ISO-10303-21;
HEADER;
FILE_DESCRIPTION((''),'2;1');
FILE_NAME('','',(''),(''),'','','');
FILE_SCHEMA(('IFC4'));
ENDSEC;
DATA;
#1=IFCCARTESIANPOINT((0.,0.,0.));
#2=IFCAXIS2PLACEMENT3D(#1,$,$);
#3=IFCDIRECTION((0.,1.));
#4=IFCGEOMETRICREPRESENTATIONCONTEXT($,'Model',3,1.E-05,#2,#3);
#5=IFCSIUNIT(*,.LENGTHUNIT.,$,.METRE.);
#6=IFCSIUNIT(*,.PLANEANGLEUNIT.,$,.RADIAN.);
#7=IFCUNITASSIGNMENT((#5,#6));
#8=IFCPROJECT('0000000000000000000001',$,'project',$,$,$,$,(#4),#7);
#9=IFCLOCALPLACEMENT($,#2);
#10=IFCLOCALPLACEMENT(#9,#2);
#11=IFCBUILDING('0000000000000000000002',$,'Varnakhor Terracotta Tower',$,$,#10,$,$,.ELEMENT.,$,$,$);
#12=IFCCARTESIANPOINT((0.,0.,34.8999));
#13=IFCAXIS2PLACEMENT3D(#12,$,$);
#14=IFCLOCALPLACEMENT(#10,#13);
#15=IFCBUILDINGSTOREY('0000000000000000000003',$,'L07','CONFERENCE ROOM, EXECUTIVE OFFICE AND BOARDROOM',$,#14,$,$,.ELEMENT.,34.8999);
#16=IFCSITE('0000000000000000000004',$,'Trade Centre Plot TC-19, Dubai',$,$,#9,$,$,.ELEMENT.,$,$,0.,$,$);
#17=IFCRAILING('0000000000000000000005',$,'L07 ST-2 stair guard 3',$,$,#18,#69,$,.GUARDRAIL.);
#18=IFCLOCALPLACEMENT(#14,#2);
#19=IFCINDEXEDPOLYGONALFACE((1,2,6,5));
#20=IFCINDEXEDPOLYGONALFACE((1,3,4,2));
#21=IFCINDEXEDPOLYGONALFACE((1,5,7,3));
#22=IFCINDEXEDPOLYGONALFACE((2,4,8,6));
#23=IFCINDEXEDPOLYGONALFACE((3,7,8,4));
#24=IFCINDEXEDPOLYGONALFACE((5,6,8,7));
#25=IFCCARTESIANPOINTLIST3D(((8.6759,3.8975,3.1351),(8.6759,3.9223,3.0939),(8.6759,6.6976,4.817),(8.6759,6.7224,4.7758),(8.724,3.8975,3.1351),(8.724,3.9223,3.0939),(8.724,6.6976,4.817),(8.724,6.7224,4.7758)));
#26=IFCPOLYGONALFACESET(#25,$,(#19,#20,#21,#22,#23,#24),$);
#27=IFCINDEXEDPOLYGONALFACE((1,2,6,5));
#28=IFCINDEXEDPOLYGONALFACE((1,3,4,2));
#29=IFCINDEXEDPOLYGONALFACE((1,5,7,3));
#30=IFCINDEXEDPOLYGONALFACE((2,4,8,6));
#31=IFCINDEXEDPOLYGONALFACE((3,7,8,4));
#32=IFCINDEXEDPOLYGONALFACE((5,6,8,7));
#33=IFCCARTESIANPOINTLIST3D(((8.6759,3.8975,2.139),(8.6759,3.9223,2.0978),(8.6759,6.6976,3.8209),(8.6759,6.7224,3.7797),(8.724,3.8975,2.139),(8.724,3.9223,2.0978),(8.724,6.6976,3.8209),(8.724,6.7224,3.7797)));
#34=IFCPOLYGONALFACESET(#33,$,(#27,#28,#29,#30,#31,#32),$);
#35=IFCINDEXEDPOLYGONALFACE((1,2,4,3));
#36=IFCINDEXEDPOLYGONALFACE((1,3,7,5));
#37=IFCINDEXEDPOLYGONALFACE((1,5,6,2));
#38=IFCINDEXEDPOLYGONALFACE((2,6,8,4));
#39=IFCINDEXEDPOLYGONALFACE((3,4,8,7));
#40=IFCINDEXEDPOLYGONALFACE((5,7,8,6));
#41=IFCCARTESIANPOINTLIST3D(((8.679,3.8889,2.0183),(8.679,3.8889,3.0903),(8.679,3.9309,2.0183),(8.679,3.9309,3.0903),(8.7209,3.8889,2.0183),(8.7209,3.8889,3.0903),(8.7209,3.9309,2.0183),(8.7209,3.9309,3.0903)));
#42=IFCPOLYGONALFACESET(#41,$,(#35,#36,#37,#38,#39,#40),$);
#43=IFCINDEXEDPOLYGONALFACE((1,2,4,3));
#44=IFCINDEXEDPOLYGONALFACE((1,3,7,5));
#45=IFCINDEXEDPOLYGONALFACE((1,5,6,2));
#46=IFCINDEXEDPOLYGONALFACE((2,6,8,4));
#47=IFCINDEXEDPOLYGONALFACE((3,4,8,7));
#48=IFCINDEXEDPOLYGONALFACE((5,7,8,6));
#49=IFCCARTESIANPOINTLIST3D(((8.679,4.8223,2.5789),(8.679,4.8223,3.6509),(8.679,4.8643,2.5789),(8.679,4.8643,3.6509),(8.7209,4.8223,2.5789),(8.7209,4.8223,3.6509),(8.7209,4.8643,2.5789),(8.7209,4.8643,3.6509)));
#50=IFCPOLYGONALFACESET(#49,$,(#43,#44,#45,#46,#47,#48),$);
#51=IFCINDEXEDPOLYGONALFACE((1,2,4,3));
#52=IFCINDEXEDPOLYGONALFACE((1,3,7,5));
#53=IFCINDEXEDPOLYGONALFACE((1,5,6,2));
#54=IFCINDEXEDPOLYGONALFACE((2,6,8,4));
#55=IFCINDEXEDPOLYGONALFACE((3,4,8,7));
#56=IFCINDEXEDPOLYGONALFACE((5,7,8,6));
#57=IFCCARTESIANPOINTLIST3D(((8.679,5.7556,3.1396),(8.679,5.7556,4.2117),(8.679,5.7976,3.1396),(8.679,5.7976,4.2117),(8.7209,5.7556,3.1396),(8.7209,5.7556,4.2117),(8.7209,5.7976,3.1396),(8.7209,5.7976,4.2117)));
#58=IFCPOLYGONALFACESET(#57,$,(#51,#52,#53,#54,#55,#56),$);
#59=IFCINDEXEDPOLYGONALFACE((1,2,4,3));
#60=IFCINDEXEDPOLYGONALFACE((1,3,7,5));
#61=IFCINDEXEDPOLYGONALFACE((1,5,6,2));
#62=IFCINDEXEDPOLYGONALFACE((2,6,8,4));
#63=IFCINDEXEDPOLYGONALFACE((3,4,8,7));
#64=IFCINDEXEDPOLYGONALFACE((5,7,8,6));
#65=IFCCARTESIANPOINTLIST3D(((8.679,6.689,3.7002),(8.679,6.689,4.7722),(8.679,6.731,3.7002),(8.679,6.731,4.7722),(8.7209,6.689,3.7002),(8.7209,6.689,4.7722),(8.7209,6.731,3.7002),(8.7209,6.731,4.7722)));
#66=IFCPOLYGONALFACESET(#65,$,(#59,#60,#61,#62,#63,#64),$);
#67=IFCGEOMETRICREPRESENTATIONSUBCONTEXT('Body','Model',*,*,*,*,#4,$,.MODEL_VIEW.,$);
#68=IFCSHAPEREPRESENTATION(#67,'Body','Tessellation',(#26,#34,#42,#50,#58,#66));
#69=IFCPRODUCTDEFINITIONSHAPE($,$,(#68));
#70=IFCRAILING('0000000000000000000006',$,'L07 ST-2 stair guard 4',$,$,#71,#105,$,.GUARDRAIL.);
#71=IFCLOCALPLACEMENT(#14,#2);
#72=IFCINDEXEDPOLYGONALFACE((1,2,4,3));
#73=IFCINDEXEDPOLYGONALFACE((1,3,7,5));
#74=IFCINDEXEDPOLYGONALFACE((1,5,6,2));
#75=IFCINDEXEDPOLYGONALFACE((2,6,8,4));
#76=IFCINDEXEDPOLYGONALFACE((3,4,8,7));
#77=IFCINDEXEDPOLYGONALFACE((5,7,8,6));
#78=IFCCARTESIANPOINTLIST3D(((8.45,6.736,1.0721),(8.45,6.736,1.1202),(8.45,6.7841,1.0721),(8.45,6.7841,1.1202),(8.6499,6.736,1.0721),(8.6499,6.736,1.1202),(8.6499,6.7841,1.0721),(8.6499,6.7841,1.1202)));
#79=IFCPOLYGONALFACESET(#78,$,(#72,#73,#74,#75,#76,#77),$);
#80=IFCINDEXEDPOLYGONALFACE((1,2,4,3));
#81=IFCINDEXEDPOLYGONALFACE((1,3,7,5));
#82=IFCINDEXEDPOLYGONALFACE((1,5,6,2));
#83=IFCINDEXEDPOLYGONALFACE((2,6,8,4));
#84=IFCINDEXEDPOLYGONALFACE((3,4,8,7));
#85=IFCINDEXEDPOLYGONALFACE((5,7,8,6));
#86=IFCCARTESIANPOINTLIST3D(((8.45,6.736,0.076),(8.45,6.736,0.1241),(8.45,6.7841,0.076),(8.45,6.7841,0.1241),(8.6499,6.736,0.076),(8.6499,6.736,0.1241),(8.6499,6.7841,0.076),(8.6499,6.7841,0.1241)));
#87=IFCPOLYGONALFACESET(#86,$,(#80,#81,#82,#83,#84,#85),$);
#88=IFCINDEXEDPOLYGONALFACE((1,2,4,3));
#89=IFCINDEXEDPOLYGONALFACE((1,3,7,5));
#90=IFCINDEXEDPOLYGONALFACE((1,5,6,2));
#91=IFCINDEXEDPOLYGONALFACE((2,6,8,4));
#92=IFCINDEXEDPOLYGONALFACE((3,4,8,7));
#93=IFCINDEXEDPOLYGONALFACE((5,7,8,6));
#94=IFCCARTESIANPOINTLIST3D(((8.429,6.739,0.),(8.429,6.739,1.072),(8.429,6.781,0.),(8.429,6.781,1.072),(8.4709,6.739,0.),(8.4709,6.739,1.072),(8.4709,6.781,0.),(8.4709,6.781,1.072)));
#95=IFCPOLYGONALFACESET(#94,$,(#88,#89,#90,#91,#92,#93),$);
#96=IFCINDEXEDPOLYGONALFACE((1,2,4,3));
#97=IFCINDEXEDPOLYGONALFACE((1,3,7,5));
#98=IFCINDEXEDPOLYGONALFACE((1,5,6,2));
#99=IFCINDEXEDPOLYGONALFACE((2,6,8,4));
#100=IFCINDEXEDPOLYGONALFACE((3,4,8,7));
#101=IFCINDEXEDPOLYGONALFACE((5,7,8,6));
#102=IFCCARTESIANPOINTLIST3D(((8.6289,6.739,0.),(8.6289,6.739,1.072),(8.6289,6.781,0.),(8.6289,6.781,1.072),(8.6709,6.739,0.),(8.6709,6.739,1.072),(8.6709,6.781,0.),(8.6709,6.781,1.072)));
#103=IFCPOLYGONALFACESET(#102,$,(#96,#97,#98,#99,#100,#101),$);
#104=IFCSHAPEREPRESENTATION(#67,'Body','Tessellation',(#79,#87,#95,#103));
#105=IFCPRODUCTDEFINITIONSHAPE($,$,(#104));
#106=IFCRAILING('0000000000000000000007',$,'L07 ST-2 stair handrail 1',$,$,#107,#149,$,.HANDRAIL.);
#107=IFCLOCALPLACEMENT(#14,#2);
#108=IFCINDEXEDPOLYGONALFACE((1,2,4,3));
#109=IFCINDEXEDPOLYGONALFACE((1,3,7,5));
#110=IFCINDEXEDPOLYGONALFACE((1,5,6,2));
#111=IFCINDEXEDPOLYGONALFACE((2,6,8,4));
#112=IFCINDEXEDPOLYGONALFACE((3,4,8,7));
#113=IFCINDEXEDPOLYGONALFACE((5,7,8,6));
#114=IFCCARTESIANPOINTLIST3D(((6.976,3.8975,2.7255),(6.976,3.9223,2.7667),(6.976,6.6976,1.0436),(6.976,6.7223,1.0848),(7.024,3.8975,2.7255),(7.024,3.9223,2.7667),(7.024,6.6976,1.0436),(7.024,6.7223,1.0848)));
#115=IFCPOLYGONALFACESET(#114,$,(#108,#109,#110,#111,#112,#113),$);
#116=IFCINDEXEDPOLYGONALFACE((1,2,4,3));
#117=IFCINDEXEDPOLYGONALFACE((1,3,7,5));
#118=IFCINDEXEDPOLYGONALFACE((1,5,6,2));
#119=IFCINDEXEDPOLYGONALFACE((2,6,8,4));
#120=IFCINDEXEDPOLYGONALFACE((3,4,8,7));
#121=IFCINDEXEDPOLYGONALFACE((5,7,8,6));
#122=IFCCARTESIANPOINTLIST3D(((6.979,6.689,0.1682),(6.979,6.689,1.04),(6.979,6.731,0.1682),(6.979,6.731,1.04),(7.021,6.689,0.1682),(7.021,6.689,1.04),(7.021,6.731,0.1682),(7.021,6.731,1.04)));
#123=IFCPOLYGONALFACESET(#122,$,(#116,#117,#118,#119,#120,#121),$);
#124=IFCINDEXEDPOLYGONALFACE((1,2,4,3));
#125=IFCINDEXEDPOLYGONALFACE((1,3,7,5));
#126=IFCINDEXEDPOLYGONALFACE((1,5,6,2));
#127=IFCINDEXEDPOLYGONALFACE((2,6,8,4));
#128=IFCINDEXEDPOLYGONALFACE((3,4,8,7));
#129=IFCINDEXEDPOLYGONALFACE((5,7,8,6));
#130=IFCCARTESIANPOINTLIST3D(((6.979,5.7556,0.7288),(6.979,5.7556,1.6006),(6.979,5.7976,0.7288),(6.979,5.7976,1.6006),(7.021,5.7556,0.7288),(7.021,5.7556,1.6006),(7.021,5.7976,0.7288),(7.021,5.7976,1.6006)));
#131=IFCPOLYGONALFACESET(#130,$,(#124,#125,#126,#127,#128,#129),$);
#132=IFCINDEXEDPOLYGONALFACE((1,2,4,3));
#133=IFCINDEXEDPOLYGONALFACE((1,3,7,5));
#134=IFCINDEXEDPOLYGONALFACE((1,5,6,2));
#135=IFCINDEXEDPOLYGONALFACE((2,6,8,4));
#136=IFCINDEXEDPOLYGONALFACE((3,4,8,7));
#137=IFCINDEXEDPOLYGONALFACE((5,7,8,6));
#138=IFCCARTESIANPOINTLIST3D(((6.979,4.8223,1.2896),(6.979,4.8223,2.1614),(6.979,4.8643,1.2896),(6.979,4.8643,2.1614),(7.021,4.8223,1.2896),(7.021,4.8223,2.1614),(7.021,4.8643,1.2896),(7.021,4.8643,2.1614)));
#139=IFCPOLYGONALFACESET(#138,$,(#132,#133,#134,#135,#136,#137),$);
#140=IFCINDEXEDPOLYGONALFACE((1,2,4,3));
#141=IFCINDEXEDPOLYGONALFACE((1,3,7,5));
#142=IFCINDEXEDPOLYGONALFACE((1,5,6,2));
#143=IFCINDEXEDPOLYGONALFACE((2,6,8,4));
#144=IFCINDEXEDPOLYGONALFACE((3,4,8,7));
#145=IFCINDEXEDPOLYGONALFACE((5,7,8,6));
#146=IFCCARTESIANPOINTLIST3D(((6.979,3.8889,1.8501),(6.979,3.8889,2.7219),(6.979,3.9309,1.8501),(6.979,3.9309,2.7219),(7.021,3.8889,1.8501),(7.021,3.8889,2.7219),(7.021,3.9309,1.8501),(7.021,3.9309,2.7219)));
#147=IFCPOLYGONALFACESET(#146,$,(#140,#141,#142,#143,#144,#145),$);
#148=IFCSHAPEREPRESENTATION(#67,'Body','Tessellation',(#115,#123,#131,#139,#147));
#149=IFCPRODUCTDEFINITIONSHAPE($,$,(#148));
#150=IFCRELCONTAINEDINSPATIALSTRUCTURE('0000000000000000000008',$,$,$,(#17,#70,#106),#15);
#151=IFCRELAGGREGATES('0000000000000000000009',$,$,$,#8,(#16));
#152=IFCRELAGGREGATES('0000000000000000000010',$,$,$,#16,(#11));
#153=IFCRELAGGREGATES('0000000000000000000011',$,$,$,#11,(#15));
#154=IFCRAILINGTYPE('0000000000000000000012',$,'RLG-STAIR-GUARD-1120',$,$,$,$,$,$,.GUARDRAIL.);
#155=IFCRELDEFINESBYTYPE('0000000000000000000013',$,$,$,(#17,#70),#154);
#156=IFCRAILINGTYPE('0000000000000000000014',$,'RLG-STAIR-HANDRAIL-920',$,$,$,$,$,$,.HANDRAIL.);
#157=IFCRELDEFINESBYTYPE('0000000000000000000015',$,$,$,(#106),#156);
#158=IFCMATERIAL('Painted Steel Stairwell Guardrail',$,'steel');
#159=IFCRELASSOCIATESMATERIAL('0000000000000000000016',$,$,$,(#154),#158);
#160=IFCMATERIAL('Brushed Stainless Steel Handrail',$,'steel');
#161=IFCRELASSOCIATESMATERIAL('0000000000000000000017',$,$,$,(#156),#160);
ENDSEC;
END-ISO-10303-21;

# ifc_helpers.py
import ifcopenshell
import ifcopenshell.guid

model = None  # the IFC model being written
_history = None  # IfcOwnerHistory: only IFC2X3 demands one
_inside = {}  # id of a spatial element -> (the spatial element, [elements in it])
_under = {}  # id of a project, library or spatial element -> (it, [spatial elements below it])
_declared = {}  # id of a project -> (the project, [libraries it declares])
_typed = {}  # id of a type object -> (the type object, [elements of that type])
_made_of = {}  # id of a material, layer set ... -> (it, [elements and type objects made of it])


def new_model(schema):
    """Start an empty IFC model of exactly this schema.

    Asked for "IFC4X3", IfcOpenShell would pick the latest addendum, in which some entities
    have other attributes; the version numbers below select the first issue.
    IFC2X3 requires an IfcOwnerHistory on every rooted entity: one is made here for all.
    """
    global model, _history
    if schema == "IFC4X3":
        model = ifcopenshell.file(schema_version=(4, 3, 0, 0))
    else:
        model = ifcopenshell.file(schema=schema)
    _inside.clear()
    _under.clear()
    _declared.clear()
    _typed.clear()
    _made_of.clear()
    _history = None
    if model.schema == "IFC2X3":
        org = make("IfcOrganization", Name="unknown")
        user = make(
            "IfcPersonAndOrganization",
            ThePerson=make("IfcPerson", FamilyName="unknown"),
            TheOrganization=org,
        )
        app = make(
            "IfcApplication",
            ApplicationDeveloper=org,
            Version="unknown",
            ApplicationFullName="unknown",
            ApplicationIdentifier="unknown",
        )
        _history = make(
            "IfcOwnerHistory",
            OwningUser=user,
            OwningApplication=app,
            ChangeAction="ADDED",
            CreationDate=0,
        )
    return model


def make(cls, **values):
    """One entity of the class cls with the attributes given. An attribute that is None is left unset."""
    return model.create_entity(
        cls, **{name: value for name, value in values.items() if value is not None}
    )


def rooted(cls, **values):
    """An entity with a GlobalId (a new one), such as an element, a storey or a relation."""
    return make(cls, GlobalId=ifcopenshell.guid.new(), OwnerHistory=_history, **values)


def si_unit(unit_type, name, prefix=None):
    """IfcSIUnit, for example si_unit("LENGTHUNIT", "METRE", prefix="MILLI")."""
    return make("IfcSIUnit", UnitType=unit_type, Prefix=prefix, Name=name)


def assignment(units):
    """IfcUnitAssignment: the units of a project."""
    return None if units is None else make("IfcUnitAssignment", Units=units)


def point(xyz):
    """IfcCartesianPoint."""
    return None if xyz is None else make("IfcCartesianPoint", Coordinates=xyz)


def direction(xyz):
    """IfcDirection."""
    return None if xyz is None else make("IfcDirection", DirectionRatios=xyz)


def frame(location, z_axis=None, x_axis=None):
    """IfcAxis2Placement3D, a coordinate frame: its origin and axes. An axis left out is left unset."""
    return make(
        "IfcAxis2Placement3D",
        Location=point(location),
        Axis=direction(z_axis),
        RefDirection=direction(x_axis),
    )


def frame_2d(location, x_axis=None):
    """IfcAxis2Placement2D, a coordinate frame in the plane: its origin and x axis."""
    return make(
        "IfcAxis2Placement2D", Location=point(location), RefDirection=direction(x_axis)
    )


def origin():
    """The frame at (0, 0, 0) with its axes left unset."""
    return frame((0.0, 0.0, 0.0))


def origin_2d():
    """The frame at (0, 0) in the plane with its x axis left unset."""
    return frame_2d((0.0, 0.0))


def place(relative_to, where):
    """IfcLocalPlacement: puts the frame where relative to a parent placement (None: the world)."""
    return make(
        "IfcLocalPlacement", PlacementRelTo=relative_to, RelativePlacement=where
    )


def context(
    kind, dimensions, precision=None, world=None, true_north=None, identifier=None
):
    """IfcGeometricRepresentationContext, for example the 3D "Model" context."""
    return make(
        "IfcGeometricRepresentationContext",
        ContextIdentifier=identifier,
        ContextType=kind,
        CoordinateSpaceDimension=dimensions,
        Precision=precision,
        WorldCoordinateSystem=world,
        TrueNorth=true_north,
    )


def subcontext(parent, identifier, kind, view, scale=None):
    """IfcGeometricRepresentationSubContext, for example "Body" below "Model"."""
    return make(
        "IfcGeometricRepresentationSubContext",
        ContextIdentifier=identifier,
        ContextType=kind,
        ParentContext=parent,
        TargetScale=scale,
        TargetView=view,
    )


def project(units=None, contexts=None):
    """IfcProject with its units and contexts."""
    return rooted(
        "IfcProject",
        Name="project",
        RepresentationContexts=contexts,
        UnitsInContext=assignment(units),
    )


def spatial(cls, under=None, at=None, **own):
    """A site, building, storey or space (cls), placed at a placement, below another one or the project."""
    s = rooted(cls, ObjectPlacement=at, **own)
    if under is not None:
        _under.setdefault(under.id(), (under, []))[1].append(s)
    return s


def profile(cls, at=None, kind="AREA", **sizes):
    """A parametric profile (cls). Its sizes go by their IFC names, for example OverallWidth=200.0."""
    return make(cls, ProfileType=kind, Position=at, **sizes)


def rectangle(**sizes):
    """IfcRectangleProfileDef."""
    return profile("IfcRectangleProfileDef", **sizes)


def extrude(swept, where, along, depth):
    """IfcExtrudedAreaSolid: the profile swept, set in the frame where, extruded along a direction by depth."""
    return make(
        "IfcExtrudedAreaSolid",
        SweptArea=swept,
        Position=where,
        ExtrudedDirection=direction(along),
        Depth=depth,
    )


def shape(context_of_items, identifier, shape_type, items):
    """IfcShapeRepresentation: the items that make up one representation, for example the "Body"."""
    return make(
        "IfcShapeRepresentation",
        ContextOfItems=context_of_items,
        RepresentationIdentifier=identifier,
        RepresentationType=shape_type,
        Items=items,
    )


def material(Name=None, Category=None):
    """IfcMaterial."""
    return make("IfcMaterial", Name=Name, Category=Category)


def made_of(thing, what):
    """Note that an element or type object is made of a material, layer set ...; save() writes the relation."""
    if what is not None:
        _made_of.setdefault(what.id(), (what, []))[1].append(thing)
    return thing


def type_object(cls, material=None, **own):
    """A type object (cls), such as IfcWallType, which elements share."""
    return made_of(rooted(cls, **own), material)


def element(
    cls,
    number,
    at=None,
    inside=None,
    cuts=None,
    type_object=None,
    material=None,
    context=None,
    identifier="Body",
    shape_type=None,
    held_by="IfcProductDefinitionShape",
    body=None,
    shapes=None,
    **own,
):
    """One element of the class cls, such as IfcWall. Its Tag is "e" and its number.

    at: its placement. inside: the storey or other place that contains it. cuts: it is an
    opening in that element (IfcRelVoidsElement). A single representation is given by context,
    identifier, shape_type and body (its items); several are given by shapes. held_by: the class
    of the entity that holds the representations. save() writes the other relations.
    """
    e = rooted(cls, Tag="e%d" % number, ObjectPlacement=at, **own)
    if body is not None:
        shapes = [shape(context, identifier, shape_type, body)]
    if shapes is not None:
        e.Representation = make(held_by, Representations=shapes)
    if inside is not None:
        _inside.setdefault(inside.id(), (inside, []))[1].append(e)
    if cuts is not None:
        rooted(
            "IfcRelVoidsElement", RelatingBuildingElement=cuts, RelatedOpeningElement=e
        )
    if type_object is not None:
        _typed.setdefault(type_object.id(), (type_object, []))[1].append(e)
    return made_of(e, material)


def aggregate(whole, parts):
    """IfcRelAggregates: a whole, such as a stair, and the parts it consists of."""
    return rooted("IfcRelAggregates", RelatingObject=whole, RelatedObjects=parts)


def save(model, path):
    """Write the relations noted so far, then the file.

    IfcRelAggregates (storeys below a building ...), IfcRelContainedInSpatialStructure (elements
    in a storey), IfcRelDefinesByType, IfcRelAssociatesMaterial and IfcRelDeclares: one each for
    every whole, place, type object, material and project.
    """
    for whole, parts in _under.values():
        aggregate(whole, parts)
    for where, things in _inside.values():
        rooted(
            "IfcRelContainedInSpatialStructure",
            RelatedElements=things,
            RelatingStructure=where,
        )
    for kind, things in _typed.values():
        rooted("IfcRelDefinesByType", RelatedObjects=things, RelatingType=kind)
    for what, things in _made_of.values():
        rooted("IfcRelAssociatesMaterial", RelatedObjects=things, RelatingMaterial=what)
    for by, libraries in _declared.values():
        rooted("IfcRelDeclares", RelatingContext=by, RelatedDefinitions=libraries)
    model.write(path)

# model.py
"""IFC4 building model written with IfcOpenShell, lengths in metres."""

from ifc_helpers import new_model, si_unit, direction, frame, origin, origin_2d, place, context, subcontext, project, spatial, rectangle, extrude, material, type_object, element, save


model = new_model("IFC4")

# Units and contexts
model_context = context("Model", 3, precision=1e-05, world=origin(), true_north=direction((0.0, 1.0)))
body_context = subcontext(model_context, "Body", "Model", "MODEL_VIEW")
ifc_project = project(units=[si_unit("LENGTHUNIT", "METRE"), si_unit("PLANEANGLEUNIT", "RADIAN")], contexts=[model_context])

# Site, building, storey
site_placement = place(None, origin())
site = spatial("IfcSite", under=ifc_project, at=site_placement, Name="Trade Centre Plot TC-19, Dubai", CompositionType="ELEMENT", RefElevation=0.0)
building_placement = place(site_placement, origin())
building = spatial("IfcBuilding", under=site, at=building_placement, Name="Varnakhor Terracotta Tower", CompositionType="ELEMENT")
storey_placement = place(building_placement, frame((0.0, 0.0, 34.8999)))
storey = spatial("IfcBuildingStorey", under=building, at=storey_placement, Name="L07", Description="CONFERENCE ROOM, EXECUTIVE OFFICE AND BOARDROOM", CompositionType="ELEMENT", Elevation=34.8999)

# Railings
ifc_material_1 = material(Name="Painted Steel Stairwell Guardrail", Category="steel")
railing_type_1 = type_object("IfcRailingType", Name="RLG-STAIR-GUARD-1120", PredefinedType="GUARDRAIL", material=ifc_material_1)
railing_1_placement = place(storey_placement, frame((8.7, 3.9099, 2.0183)))
element("IfcRailing", 1, at=railing_1_placement, inside=storey, type_object=railing_type_1, Name="L07 ST-2 stair guard 3", PredefinedType="GUARDRAIL", context=body_context, shape_type="SweptSolid", body=[
    extrude(rectangle(XDim=0.0481, YDim=0.0481, at=origin_2d()), frame((0.0, 0.0, 1.0962), z_axis=(0.0, 0.857242, 0.514913), x_axis=(-1.0, 0.0, 0.0)), (0.0, 0.0, 1.0), 3.2664),
    extrude(rectangle(XDim=0.0481, YDim=0.0481, at=origin_2d()), frame((0.0, 0.0, 0.1001), z_axis=(0.0, 0.857242, 0.514913), x_axis=(-1.0, 0.0, 0.0)), (0.0, 0.0, 1.0), 3.2664),
    extrude(rectangle(XDim=0.042, YDim=0.042, at=origin_2d()), origin(), (0.0, 0.0, 1.0), 1.072),
    extrude(rectangle(XDim=0.042, YDim=0.042, at=origin_2d()), frame((0.0, 0.9333, 0.5605)), (0.0, 0.0, 1.0), 1.072),
    extrude(rectangle(XDim=0.042, YDim=0.042, at=origin_2d()), frame((0.0, 1.8667, 1.1213)), (0.0, 0.0, 1.0), 1.072),
    extrude(rectangle(XDim=0.042, YDim=0.042, at=origin_2d()), frame((0.0, 2.8, 1.6819)), (0.0, 0.0, 1.0), 1.072),
])
railing_2_placement = place(storey_placement, frame((8.45, 6.76, 0.0)))
element("IfcRailing", 2, at=railing_2_placement, inside=storey, type_object=railing_type_1, Name="L07 ST-2 stair guard 4", PredefinedType="GUARDRAIL", context=body_context, shape_type="SweptSolid", body=[
    extrude(rectangle(XDim=0.0481, YDim=0.0481, at=origin_2d()), frame((0.0, 0.0, 1.0962), z_axis=(1.0, 0.0, 0.0), x_axis=(0.0, 1.0, 0.0)), (0.0, 0.0, 1.0), 0.2),
    extrude(rectangle(XDim=0.0481, YDim=0.0481, at=origin_2d()), frame((0.0, 0.0, 0.1001), z_axis=(1.0, 0.0, 0.0), x_axis=(0.0, 1.0, 0.0)), (0.0, 0.0, 1.0), 0.2),
    extrude(rectangle(XDim=0.042, YDim=0.042, at=origin_2d()), origin(), (0.0, 0.0, 1.0), 1.072),
    extrude(rectangle(XDim=0.042, YDim=0.042, at=origin_2d()), frame((0.2, 0.0, 0.0)), (0.0, 0.0, 1.0), 1.072),
])
ifc_material_2 = material(Name="Brushed Stainless Steel Handrail", Category="steel")
railing_type_2 = type_object("IfcRailingType", Name="RLG-STAIR-HANDRAIL-920", PredefinedType="HANDRAIL", material=ifc_material_2)
railing_3_placement = place(storey_placement, frame((7.0, 6.71, 0.1682)))
element("IfcRailing", 3, at=railing_3_placement, inside=storey, type_object=railing_type_2, Name="L07 ST-2 stair handrail 1", PredefinedType="HANDRAIL", context=body_context, shape_type="SweptSolid", body=[
    extrude(rectangle(XDim=0.0481, YDim=0.0481, at=origin_2d()), frame((0.0, 0.0, 0.896), z_axis=(0.0, -0.857242, 0.514913), x_axis=(1.0, 0.0, 0.0)), (0.0, 0.0, 1.0), 3.2664),
    extrude(rectangle(XDim=0.042, YDim=0.042, at=origin_2d()), origin(), (0.0, 0.0, 1.0), 0.8718),
    extrude(rectangle(XDim=0.042, YDim=0.042, at=origin_2d()), frame((0.0, -0.9333, 0.5605)), (0.0, 0.0, 1.0), 0.8718),
    extrude(rectangle(XDim=0.042, YDim=0.042, at=origin_2d()), frame((0.0, -1.8667, 1.1213)), (0.0, 0.0, 1.0), 0.8718),
    extrude(rectangle(XDim=0.042, YDim=0.042, at=origin_2d()), frame((0.0, -2.8, 1.6819)), (0.0, 0.0, 1.0), 0.8718),
])

save(model, "model.ifc")
